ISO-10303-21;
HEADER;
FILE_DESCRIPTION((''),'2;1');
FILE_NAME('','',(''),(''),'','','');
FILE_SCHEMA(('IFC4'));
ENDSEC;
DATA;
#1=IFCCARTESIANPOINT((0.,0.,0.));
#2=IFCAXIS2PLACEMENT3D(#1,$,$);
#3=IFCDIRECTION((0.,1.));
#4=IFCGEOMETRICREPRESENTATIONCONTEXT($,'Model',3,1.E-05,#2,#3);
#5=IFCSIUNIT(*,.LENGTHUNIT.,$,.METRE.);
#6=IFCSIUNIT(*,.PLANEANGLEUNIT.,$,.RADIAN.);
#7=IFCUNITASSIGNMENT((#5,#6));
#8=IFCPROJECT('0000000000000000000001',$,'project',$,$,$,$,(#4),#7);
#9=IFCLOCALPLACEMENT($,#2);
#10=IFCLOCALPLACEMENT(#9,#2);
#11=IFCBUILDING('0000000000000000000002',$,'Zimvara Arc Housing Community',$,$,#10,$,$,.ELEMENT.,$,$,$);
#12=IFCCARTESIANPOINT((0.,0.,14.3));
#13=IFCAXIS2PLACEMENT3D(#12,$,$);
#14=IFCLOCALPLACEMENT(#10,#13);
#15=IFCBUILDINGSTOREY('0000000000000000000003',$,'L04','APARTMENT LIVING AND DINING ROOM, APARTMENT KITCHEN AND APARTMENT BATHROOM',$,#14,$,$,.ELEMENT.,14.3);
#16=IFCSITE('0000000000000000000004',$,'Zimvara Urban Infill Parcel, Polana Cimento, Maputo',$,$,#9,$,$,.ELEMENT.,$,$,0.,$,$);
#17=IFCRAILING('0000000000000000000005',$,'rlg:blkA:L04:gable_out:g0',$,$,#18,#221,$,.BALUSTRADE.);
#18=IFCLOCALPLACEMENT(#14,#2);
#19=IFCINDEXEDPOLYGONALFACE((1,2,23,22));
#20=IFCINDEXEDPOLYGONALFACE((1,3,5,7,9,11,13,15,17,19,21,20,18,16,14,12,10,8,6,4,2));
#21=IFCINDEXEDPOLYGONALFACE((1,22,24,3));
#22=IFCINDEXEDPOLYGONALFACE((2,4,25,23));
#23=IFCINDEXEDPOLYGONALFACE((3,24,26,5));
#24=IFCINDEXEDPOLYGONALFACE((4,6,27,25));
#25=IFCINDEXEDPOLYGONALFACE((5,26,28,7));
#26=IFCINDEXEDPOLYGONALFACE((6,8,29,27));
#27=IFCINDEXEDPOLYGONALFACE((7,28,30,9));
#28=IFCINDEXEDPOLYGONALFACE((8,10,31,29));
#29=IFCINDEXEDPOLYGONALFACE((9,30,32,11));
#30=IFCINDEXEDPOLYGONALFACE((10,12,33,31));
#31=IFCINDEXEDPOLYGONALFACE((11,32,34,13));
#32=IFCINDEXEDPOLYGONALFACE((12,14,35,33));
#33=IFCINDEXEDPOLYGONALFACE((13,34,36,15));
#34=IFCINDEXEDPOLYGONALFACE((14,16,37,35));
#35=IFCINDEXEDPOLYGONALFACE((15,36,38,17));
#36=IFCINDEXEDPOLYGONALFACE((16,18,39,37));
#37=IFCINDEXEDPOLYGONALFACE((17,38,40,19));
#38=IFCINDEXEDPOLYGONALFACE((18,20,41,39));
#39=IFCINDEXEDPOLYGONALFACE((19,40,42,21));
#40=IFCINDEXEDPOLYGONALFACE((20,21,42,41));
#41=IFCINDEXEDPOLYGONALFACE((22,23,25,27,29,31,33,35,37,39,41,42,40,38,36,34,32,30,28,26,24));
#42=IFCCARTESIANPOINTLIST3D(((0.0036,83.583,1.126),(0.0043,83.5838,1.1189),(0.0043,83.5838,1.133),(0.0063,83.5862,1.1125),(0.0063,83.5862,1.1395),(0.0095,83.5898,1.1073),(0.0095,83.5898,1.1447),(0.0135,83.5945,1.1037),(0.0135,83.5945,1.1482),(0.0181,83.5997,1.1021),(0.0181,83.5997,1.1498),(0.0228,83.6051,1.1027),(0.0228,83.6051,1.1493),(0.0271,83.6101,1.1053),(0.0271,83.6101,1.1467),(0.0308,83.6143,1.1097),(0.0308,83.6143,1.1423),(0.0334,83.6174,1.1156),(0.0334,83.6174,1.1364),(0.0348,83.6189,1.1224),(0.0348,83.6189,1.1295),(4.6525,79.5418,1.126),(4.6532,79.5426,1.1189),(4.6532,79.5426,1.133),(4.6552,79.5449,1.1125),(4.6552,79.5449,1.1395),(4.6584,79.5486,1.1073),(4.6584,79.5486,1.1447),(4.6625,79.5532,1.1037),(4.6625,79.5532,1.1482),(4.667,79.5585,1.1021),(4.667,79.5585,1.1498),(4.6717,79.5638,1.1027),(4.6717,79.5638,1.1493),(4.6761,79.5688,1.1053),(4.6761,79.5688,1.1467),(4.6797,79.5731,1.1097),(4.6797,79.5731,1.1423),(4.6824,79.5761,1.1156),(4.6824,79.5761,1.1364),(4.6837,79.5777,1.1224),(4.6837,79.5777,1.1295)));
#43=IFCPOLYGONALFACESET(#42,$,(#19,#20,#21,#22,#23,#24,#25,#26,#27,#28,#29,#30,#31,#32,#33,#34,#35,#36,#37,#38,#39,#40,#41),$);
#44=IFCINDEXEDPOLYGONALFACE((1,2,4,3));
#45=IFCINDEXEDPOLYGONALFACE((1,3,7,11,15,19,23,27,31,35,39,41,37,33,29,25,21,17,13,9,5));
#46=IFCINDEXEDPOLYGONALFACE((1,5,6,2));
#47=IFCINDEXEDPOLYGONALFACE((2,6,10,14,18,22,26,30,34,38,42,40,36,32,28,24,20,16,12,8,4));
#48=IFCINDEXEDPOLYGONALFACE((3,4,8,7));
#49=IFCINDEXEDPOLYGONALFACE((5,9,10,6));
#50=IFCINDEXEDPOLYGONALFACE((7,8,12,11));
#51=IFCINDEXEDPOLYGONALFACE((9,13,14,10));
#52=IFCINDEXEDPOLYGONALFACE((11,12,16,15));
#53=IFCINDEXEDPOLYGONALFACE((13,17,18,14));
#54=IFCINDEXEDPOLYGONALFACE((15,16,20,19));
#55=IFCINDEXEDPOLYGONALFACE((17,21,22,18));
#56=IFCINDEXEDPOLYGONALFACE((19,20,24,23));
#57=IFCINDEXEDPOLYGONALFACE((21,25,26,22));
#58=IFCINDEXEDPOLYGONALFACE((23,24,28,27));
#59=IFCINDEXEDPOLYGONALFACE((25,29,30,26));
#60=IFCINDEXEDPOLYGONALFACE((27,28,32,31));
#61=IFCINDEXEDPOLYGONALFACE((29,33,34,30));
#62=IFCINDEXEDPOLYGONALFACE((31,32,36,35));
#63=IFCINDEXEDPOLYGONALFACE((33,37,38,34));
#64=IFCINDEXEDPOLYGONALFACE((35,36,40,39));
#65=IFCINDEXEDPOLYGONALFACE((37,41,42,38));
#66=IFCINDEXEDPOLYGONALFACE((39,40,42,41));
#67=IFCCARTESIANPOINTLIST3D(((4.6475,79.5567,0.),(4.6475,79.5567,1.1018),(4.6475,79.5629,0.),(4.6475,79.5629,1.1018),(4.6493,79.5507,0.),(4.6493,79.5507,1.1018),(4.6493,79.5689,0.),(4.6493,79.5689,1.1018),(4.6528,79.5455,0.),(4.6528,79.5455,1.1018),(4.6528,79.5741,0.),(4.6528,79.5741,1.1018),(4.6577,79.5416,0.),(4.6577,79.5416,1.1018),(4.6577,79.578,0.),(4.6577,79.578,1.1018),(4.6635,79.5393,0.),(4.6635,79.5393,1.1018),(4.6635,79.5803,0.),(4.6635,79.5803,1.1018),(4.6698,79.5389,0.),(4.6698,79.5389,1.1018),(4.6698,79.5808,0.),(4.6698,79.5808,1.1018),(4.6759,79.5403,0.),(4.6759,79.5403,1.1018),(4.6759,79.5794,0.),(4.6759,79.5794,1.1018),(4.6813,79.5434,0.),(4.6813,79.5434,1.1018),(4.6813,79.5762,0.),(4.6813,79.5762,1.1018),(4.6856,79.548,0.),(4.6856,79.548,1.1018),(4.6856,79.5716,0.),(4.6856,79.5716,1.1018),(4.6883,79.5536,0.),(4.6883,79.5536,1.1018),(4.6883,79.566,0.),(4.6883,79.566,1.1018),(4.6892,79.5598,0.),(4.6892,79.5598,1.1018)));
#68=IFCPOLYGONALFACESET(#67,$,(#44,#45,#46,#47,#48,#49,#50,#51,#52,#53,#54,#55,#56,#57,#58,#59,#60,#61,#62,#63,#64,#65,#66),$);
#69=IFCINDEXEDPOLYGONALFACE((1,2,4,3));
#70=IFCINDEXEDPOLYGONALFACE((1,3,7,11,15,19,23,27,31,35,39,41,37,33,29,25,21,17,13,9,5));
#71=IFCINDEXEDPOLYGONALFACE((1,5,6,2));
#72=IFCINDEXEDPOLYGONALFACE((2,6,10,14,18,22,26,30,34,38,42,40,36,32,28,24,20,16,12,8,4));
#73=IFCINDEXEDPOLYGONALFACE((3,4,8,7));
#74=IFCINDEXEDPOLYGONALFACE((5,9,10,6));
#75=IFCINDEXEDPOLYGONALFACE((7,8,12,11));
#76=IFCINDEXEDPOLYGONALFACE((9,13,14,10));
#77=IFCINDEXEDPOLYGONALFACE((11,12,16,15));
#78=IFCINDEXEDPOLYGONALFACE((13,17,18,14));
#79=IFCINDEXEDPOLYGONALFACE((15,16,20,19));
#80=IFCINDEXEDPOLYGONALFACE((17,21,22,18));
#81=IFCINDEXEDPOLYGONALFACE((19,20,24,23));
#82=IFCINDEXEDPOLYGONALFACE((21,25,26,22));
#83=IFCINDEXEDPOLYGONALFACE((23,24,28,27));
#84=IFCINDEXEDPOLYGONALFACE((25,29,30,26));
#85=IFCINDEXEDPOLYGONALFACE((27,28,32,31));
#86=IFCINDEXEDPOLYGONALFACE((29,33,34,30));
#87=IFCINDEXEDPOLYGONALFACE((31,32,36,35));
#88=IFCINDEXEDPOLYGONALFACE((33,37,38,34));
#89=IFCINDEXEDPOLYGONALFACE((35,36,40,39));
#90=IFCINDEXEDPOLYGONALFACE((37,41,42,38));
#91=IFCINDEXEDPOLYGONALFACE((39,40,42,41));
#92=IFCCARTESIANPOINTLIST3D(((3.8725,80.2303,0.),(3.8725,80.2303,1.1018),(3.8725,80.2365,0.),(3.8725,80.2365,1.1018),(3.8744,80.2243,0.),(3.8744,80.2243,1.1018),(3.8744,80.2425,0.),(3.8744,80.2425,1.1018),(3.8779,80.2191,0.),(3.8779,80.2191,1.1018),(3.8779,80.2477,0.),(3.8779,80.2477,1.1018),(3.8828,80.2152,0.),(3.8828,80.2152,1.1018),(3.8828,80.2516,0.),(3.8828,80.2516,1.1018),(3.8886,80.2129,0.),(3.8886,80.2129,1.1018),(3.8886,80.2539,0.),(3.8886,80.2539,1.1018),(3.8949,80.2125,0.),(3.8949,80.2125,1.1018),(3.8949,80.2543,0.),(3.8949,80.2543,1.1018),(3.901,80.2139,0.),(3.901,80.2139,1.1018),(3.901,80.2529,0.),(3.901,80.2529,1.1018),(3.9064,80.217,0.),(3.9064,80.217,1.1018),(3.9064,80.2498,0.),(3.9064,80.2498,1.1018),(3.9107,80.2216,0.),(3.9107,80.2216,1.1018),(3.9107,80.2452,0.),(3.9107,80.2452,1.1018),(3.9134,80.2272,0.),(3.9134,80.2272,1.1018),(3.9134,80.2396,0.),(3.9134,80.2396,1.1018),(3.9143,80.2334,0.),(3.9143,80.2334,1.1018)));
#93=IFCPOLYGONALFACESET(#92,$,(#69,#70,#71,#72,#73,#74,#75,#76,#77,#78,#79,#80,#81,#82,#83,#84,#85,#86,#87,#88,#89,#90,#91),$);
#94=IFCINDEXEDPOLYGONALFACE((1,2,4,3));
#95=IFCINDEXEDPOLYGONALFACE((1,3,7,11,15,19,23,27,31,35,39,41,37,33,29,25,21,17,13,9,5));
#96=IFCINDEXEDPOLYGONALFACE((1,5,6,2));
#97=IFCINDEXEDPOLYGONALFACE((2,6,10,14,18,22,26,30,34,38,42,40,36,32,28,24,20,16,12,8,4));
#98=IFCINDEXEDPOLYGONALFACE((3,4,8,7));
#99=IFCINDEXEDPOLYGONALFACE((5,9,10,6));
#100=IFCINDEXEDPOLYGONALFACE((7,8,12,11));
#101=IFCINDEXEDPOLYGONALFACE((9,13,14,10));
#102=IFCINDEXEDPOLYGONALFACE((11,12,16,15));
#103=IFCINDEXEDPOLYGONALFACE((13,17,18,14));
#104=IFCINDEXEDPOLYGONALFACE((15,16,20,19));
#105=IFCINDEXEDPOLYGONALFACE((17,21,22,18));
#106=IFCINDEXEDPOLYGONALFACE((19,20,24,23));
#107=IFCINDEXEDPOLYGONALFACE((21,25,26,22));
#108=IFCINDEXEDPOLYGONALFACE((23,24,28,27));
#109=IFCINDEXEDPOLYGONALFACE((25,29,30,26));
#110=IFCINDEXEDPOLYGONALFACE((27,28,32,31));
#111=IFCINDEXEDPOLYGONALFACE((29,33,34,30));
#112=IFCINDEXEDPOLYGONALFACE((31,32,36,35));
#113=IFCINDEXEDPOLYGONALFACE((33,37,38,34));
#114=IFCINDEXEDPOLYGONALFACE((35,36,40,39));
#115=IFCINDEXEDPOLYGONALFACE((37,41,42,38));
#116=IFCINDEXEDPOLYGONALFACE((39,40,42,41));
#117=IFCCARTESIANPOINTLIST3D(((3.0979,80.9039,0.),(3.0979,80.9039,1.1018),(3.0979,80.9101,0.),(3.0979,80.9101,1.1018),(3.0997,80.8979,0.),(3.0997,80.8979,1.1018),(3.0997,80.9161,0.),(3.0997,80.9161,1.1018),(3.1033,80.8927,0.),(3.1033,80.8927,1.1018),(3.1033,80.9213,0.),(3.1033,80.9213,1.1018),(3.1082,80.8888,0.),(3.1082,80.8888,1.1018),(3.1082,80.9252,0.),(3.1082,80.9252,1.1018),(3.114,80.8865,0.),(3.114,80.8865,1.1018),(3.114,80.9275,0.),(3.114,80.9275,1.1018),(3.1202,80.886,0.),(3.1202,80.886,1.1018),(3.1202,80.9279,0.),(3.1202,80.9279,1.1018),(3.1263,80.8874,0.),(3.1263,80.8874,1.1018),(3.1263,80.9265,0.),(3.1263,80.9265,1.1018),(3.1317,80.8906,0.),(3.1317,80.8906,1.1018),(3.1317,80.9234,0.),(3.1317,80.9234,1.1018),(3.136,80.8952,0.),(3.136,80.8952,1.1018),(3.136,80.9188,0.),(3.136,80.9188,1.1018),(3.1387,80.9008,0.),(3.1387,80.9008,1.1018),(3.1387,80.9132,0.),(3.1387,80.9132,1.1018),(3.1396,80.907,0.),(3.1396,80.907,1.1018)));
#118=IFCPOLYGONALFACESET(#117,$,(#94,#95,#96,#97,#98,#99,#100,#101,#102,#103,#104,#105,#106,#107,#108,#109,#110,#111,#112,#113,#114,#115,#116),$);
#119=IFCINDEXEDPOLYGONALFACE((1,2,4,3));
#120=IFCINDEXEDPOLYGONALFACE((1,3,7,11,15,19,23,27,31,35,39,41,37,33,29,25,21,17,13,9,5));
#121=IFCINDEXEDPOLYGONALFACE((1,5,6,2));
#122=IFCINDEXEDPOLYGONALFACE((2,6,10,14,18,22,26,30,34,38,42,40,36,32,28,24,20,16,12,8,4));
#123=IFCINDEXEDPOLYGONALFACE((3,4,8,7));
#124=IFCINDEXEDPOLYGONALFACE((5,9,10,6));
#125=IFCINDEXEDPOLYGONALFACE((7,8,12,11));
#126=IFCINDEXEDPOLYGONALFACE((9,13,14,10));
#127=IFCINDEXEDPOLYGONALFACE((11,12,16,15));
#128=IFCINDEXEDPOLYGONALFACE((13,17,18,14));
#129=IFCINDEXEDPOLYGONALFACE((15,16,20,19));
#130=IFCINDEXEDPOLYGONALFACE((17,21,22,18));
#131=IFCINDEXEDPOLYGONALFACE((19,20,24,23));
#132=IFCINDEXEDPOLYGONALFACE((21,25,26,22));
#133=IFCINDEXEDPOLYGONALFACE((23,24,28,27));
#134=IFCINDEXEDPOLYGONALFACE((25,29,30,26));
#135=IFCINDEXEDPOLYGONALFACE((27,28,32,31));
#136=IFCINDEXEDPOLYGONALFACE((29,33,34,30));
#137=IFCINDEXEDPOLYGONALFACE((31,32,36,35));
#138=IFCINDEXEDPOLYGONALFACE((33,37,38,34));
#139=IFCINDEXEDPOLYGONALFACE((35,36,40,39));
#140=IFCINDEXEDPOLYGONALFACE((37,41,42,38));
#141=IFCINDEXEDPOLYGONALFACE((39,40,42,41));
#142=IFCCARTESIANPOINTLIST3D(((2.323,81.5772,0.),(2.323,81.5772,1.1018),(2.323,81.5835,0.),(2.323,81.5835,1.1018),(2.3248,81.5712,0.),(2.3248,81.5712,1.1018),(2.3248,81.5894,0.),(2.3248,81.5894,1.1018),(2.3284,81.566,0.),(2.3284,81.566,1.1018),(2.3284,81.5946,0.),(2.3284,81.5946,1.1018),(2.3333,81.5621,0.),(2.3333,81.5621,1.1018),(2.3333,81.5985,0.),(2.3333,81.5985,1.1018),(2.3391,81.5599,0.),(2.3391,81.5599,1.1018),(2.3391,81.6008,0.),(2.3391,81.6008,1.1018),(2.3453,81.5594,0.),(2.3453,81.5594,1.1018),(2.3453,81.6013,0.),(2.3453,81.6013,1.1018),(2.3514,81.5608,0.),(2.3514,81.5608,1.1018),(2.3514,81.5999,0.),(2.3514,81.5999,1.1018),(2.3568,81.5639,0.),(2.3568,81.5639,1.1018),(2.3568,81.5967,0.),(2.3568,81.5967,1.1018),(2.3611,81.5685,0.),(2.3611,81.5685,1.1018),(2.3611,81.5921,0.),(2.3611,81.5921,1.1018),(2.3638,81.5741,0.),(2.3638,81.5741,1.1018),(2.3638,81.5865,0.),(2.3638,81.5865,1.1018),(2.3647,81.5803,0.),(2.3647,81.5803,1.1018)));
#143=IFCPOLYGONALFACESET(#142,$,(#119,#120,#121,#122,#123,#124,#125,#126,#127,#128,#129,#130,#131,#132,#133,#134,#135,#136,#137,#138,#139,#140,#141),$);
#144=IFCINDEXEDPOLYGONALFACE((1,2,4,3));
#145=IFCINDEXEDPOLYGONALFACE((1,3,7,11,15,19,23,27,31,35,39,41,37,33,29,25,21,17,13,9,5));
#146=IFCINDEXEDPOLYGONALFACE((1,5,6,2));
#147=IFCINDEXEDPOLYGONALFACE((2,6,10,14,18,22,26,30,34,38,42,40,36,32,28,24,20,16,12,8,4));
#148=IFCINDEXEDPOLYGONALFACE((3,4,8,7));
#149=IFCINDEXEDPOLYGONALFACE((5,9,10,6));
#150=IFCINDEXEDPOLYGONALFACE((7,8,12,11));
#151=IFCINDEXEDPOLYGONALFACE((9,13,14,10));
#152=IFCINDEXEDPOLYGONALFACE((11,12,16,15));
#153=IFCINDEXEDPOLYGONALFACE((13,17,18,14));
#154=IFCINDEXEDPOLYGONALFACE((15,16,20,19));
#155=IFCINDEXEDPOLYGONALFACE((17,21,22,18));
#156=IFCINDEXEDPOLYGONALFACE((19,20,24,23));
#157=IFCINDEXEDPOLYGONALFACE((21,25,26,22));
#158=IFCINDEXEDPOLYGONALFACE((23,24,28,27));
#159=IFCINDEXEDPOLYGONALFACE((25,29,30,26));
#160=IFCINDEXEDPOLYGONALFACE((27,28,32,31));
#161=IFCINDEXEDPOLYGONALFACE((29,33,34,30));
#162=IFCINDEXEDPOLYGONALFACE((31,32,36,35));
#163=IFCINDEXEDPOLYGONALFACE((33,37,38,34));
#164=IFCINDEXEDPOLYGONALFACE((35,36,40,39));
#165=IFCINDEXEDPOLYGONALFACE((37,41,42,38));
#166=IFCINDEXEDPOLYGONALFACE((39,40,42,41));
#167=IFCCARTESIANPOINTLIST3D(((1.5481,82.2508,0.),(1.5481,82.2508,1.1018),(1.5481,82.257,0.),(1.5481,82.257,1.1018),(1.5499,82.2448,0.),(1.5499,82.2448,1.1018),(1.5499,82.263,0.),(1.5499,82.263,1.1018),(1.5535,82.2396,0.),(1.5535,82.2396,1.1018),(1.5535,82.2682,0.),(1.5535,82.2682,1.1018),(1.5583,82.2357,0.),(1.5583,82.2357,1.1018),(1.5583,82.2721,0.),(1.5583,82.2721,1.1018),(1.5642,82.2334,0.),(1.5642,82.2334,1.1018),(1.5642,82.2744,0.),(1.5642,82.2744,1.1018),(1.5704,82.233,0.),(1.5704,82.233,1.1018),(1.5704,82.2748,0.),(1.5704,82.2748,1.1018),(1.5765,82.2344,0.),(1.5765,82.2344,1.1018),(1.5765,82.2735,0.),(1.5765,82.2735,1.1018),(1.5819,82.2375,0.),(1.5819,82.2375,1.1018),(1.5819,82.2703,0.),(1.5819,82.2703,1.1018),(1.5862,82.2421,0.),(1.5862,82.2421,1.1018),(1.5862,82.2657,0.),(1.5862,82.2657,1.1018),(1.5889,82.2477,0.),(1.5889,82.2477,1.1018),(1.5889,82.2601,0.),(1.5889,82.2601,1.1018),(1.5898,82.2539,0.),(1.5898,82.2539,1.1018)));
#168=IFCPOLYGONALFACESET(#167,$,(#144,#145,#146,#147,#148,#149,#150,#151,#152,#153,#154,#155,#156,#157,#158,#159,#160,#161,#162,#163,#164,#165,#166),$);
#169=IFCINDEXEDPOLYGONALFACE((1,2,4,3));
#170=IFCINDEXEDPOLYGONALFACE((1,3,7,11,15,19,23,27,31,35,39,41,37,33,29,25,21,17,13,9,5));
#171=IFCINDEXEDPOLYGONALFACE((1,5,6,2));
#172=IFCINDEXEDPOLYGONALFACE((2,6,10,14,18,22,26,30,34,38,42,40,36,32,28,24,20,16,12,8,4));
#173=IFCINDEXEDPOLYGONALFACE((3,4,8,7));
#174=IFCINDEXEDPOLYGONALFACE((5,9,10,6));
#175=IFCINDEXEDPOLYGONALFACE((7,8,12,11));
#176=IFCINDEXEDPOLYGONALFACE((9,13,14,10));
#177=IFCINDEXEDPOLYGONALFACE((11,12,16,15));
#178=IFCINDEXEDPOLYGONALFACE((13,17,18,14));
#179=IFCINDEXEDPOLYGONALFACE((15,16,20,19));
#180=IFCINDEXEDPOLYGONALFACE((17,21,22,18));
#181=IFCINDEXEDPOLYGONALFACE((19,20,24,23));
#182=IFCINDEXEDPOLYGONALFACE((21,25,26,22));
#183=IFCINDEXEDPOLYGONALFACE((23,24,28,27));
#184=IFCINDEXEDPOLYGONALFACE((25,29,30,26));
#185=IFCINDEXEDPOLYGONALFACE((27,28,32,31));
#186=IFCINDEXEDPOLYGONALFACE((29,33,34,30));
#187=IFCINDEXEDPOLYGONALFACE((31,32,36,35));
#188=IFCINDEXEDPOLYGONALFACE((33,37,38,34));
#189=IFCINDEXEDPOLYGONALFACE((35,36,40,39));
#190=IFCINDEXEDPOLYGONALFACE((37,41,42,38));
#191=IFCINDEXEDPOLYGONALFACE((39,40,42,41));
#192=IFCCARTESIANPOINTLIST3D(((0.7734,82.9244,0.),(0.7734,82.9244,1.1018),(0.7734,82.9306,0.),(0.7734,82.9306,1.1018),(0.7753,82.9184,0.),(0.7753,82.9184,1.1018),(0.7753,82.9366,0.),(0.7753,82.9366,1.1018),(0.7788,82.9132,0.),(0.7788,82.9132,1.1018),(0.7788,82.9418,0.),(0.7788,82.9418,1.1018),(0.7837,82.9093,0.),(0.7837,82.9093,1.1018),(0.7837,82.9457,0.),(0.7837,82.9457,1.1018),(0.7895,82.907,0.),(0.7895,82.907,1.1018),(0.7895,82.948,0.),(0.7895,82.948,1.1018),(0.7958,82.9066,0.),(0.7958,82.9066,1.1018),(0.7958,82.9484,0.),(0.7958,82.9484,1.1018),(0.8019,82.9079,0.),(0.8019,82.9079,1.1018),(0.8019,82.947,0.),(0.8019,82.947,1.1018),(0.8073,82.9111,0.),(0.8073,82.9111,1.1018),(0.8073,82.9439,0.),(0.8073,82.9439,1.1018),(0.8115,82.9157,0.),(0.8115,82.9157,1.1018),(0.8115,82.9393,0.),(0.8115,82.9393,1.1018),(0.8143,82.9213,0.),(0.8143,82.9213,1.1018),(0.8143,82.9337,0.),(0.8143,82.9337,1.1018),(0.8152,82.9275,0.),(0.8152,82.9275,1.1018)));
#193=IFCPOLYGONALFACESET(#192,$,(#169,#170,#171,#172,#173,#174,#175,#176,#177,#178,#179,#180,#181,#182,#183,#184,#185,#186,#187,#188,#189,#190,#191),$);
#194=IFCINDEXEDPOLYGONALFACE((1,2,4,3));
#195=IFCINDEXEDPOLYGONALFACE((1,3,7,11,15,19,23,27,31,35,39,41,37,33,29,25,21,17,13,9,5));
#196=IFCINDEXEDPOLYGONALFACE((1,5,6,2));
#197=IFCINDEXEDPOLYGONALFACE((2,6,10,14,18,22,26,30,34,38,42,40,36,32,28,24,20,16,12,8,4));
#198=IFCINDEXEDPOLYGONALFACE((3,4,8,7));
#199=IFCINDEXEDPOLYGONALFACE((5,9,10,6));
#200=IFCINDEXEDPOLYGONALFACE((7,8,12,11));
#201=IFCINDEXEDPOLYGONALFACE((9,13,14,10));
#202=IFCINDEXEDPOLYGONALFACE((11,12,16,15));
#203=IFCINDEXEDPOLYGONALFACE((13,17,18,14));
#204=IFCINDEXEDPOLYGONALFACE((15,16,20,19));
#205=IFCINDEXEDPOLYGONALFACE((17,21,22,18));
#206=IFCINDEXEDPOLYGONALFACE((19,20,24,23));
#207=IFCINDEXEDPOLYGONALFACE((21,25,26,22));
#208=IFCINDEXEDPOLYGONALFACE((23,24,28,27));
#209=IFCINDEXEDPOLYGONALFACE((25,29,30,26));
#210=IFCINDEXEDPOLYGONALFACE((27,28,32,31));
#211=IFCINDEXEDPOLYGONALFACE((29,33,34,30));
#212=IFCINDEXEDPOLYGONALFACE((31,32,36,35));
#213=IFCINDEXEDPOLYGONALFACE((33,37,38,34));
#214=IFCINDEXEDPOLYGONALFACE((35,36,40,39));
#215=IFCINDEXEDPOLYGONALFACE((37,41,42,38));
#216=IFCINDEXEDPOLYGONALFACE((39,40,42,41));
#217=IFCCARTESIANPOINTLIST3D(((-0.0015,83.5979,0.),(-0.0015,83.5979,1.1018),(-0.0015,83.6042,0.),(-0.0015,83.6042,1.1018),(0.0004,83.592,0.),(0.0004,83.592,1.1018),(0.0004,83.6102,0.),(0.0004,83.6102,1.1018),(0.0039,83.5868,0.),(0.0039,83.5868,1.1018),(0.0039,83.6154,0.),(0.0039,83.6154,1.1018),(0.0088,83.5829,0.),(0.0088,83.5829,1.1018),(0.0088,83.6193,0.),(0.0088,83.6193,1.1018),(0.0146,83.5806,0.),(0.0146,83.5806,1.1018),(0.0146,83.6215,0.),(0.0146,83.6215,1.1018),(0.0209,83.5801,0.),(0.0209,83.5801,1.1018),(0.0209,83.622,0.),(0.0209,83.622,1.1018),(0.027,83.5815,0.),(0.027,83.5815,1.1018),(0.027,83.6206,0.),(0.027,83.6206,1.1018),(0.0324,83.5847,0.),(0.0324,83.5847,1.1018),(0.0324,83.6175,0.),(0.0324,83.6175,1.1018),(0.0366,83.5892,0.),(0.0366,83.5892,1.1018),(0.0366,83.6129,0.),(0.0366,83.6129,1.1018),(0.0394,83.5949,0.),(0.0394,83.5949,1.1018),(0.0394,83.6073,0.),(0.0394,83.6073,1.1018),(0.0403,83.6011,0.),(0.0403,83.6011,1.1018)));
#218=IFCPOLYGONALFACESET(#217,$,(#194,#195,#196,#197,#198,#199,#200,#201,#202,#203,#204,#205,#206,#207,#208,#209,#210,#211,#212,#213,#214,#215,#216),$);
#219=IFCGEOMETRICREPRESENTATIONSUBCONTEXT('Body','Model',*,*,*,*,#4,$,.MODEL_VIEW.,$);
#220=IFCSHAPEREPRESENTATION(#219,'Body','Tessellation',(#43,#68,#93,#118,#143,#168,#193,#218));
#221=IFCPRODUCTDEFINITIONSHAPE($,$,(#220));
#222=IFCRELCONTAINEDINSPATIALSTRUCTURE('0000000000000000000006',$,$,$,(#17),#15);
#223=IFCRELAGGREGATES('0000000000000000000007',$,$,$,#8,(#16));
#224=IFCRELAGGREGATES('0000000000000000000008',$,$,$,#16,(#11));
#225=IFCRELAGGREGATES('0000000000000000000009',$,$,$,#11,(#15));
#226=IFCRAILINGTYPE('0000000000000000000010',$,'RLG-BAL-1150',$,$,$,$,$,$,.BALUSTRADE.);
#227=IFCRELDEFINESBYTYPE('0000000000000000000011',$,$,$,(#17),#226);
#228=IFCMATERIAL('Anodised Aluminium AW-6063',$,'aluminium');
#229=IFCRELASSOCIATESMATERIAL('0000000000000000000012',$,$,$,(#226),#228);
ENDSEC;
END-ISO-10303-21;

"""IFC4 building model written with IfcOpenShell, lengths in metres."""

from ifc_helpers import new_model, si_unit, direction, frame, origin, origin_2d, place, context, subcontext, project, spatial, circle, extrude, material, type_object, element, save


model = new_model("IFC4")

# Units and contexts
model_context = context("Model", 3, precision=1e-05, world=origin(), true_north=direction((0.0, 1.0)))
body_context = subcontext(model_context, "Body", "Model", "MODEL_VIEW")
ifc_project = project(units=[si_unit("LENGTHUNIT", "METRE"), si_unit("PLANEANGLEUNIT", "RADIAN")], contexts=[model_context])

# Site, building, storey
site_placement = place(None, origin())
site = spatial("IfcSite", under=ifc_project, at=site_placement, Name="Zimvara Urban Infill Parcel, Polana Cimento, Maputo", CompositionType="ELEMENT", RefElevation=0.0)
building_placement = place(site_placement, origin())
building = spatial("IfcBuilding", under=site, at=building_placement, Name="Zimvara Arc Housing Community", CompositionType="ELEMENT")
storey_placement = place(building_placement, frame((0.0, 0.0, 14.3)))
storey = spatial("IfcBuildingStorey", under=building, at=storey_placement, Name="L04", Description="APARTMENT LIVING AND DINING ROOM, APARTMENT KITCHEN AND APARTMENT BATHROOM", CompositionType="ELEMENT", Elevation=14.3)

# Railing
ifc_material_1 = material(Name="Anodised Aluminium AW-6063", Category="aluminium")
railing_type = type_object("IfcRailingType", Name="RLG-BAL-1150", PredefinedType="BALUSTRADE", material=ifc_material_1)
railing_placement = place(storey_placement, frame((4.6682, 79.5598, 0.0)))
element("IfcRailing", 1, at=railing_placement, inside=storey, type_object=railing_type, Name="rlg:blkA:L04:gable_out:g0", PredefinedType="BALUSTRADE", context=body_context, shape_type="SweptSolid", body=[
    extrude(circle(Radius=0.0239, at=origin_2d()), frame((0.0, 0.0, 1.126), z_axis=(-0.754709, 0.65606, 0.0), x_axis=(-0.65606, -0.754709, 0.0)), (0.0, 0.0, 1.0), 6.1599),
    extrude(circle(Radius=0.021, at=origin_2d()), origin(), (0.0, 0.0, 1.0), 1.1018),
    extrude(circle(Radius=0.021, at=origin_2d()), frame((-0.7749, 0.6736, 0.0)), (0.0, 0.0, 1.0), 1.1018),
    extrude(circle(Radius=0.021, at=origin_2d()), frame((-1.5496, 1.3472, 0.0)), (0.0, 0.0, 1.0), 1.1018),
    extrude(circle(Radius=0.021, at=origin_2d()), frame((-2.3245, 2.0205, 0.0)), (0.0, 0.0, 1.0), 1.1018),
    extrude(circle(Radius=0.021, at=origin_2d()), frame((-3.0994, 2.6941, 0.0)), (0.0, 0.0, 1.0), 1.1018),
    extrude(circle(Radius=0.021, at=origin_2d()), frame((-3.874, 3.3677, 0.0)), (0.0, 0.0, 1.0), 1.1018),
    extrude(circle(Radius=0.021, at=origin_2d()), frame((-4.6489, 4.0413, 0.0)), (0.0, 0.0, 1.0), 1.1018),
])

save(model, "model.ifc")
